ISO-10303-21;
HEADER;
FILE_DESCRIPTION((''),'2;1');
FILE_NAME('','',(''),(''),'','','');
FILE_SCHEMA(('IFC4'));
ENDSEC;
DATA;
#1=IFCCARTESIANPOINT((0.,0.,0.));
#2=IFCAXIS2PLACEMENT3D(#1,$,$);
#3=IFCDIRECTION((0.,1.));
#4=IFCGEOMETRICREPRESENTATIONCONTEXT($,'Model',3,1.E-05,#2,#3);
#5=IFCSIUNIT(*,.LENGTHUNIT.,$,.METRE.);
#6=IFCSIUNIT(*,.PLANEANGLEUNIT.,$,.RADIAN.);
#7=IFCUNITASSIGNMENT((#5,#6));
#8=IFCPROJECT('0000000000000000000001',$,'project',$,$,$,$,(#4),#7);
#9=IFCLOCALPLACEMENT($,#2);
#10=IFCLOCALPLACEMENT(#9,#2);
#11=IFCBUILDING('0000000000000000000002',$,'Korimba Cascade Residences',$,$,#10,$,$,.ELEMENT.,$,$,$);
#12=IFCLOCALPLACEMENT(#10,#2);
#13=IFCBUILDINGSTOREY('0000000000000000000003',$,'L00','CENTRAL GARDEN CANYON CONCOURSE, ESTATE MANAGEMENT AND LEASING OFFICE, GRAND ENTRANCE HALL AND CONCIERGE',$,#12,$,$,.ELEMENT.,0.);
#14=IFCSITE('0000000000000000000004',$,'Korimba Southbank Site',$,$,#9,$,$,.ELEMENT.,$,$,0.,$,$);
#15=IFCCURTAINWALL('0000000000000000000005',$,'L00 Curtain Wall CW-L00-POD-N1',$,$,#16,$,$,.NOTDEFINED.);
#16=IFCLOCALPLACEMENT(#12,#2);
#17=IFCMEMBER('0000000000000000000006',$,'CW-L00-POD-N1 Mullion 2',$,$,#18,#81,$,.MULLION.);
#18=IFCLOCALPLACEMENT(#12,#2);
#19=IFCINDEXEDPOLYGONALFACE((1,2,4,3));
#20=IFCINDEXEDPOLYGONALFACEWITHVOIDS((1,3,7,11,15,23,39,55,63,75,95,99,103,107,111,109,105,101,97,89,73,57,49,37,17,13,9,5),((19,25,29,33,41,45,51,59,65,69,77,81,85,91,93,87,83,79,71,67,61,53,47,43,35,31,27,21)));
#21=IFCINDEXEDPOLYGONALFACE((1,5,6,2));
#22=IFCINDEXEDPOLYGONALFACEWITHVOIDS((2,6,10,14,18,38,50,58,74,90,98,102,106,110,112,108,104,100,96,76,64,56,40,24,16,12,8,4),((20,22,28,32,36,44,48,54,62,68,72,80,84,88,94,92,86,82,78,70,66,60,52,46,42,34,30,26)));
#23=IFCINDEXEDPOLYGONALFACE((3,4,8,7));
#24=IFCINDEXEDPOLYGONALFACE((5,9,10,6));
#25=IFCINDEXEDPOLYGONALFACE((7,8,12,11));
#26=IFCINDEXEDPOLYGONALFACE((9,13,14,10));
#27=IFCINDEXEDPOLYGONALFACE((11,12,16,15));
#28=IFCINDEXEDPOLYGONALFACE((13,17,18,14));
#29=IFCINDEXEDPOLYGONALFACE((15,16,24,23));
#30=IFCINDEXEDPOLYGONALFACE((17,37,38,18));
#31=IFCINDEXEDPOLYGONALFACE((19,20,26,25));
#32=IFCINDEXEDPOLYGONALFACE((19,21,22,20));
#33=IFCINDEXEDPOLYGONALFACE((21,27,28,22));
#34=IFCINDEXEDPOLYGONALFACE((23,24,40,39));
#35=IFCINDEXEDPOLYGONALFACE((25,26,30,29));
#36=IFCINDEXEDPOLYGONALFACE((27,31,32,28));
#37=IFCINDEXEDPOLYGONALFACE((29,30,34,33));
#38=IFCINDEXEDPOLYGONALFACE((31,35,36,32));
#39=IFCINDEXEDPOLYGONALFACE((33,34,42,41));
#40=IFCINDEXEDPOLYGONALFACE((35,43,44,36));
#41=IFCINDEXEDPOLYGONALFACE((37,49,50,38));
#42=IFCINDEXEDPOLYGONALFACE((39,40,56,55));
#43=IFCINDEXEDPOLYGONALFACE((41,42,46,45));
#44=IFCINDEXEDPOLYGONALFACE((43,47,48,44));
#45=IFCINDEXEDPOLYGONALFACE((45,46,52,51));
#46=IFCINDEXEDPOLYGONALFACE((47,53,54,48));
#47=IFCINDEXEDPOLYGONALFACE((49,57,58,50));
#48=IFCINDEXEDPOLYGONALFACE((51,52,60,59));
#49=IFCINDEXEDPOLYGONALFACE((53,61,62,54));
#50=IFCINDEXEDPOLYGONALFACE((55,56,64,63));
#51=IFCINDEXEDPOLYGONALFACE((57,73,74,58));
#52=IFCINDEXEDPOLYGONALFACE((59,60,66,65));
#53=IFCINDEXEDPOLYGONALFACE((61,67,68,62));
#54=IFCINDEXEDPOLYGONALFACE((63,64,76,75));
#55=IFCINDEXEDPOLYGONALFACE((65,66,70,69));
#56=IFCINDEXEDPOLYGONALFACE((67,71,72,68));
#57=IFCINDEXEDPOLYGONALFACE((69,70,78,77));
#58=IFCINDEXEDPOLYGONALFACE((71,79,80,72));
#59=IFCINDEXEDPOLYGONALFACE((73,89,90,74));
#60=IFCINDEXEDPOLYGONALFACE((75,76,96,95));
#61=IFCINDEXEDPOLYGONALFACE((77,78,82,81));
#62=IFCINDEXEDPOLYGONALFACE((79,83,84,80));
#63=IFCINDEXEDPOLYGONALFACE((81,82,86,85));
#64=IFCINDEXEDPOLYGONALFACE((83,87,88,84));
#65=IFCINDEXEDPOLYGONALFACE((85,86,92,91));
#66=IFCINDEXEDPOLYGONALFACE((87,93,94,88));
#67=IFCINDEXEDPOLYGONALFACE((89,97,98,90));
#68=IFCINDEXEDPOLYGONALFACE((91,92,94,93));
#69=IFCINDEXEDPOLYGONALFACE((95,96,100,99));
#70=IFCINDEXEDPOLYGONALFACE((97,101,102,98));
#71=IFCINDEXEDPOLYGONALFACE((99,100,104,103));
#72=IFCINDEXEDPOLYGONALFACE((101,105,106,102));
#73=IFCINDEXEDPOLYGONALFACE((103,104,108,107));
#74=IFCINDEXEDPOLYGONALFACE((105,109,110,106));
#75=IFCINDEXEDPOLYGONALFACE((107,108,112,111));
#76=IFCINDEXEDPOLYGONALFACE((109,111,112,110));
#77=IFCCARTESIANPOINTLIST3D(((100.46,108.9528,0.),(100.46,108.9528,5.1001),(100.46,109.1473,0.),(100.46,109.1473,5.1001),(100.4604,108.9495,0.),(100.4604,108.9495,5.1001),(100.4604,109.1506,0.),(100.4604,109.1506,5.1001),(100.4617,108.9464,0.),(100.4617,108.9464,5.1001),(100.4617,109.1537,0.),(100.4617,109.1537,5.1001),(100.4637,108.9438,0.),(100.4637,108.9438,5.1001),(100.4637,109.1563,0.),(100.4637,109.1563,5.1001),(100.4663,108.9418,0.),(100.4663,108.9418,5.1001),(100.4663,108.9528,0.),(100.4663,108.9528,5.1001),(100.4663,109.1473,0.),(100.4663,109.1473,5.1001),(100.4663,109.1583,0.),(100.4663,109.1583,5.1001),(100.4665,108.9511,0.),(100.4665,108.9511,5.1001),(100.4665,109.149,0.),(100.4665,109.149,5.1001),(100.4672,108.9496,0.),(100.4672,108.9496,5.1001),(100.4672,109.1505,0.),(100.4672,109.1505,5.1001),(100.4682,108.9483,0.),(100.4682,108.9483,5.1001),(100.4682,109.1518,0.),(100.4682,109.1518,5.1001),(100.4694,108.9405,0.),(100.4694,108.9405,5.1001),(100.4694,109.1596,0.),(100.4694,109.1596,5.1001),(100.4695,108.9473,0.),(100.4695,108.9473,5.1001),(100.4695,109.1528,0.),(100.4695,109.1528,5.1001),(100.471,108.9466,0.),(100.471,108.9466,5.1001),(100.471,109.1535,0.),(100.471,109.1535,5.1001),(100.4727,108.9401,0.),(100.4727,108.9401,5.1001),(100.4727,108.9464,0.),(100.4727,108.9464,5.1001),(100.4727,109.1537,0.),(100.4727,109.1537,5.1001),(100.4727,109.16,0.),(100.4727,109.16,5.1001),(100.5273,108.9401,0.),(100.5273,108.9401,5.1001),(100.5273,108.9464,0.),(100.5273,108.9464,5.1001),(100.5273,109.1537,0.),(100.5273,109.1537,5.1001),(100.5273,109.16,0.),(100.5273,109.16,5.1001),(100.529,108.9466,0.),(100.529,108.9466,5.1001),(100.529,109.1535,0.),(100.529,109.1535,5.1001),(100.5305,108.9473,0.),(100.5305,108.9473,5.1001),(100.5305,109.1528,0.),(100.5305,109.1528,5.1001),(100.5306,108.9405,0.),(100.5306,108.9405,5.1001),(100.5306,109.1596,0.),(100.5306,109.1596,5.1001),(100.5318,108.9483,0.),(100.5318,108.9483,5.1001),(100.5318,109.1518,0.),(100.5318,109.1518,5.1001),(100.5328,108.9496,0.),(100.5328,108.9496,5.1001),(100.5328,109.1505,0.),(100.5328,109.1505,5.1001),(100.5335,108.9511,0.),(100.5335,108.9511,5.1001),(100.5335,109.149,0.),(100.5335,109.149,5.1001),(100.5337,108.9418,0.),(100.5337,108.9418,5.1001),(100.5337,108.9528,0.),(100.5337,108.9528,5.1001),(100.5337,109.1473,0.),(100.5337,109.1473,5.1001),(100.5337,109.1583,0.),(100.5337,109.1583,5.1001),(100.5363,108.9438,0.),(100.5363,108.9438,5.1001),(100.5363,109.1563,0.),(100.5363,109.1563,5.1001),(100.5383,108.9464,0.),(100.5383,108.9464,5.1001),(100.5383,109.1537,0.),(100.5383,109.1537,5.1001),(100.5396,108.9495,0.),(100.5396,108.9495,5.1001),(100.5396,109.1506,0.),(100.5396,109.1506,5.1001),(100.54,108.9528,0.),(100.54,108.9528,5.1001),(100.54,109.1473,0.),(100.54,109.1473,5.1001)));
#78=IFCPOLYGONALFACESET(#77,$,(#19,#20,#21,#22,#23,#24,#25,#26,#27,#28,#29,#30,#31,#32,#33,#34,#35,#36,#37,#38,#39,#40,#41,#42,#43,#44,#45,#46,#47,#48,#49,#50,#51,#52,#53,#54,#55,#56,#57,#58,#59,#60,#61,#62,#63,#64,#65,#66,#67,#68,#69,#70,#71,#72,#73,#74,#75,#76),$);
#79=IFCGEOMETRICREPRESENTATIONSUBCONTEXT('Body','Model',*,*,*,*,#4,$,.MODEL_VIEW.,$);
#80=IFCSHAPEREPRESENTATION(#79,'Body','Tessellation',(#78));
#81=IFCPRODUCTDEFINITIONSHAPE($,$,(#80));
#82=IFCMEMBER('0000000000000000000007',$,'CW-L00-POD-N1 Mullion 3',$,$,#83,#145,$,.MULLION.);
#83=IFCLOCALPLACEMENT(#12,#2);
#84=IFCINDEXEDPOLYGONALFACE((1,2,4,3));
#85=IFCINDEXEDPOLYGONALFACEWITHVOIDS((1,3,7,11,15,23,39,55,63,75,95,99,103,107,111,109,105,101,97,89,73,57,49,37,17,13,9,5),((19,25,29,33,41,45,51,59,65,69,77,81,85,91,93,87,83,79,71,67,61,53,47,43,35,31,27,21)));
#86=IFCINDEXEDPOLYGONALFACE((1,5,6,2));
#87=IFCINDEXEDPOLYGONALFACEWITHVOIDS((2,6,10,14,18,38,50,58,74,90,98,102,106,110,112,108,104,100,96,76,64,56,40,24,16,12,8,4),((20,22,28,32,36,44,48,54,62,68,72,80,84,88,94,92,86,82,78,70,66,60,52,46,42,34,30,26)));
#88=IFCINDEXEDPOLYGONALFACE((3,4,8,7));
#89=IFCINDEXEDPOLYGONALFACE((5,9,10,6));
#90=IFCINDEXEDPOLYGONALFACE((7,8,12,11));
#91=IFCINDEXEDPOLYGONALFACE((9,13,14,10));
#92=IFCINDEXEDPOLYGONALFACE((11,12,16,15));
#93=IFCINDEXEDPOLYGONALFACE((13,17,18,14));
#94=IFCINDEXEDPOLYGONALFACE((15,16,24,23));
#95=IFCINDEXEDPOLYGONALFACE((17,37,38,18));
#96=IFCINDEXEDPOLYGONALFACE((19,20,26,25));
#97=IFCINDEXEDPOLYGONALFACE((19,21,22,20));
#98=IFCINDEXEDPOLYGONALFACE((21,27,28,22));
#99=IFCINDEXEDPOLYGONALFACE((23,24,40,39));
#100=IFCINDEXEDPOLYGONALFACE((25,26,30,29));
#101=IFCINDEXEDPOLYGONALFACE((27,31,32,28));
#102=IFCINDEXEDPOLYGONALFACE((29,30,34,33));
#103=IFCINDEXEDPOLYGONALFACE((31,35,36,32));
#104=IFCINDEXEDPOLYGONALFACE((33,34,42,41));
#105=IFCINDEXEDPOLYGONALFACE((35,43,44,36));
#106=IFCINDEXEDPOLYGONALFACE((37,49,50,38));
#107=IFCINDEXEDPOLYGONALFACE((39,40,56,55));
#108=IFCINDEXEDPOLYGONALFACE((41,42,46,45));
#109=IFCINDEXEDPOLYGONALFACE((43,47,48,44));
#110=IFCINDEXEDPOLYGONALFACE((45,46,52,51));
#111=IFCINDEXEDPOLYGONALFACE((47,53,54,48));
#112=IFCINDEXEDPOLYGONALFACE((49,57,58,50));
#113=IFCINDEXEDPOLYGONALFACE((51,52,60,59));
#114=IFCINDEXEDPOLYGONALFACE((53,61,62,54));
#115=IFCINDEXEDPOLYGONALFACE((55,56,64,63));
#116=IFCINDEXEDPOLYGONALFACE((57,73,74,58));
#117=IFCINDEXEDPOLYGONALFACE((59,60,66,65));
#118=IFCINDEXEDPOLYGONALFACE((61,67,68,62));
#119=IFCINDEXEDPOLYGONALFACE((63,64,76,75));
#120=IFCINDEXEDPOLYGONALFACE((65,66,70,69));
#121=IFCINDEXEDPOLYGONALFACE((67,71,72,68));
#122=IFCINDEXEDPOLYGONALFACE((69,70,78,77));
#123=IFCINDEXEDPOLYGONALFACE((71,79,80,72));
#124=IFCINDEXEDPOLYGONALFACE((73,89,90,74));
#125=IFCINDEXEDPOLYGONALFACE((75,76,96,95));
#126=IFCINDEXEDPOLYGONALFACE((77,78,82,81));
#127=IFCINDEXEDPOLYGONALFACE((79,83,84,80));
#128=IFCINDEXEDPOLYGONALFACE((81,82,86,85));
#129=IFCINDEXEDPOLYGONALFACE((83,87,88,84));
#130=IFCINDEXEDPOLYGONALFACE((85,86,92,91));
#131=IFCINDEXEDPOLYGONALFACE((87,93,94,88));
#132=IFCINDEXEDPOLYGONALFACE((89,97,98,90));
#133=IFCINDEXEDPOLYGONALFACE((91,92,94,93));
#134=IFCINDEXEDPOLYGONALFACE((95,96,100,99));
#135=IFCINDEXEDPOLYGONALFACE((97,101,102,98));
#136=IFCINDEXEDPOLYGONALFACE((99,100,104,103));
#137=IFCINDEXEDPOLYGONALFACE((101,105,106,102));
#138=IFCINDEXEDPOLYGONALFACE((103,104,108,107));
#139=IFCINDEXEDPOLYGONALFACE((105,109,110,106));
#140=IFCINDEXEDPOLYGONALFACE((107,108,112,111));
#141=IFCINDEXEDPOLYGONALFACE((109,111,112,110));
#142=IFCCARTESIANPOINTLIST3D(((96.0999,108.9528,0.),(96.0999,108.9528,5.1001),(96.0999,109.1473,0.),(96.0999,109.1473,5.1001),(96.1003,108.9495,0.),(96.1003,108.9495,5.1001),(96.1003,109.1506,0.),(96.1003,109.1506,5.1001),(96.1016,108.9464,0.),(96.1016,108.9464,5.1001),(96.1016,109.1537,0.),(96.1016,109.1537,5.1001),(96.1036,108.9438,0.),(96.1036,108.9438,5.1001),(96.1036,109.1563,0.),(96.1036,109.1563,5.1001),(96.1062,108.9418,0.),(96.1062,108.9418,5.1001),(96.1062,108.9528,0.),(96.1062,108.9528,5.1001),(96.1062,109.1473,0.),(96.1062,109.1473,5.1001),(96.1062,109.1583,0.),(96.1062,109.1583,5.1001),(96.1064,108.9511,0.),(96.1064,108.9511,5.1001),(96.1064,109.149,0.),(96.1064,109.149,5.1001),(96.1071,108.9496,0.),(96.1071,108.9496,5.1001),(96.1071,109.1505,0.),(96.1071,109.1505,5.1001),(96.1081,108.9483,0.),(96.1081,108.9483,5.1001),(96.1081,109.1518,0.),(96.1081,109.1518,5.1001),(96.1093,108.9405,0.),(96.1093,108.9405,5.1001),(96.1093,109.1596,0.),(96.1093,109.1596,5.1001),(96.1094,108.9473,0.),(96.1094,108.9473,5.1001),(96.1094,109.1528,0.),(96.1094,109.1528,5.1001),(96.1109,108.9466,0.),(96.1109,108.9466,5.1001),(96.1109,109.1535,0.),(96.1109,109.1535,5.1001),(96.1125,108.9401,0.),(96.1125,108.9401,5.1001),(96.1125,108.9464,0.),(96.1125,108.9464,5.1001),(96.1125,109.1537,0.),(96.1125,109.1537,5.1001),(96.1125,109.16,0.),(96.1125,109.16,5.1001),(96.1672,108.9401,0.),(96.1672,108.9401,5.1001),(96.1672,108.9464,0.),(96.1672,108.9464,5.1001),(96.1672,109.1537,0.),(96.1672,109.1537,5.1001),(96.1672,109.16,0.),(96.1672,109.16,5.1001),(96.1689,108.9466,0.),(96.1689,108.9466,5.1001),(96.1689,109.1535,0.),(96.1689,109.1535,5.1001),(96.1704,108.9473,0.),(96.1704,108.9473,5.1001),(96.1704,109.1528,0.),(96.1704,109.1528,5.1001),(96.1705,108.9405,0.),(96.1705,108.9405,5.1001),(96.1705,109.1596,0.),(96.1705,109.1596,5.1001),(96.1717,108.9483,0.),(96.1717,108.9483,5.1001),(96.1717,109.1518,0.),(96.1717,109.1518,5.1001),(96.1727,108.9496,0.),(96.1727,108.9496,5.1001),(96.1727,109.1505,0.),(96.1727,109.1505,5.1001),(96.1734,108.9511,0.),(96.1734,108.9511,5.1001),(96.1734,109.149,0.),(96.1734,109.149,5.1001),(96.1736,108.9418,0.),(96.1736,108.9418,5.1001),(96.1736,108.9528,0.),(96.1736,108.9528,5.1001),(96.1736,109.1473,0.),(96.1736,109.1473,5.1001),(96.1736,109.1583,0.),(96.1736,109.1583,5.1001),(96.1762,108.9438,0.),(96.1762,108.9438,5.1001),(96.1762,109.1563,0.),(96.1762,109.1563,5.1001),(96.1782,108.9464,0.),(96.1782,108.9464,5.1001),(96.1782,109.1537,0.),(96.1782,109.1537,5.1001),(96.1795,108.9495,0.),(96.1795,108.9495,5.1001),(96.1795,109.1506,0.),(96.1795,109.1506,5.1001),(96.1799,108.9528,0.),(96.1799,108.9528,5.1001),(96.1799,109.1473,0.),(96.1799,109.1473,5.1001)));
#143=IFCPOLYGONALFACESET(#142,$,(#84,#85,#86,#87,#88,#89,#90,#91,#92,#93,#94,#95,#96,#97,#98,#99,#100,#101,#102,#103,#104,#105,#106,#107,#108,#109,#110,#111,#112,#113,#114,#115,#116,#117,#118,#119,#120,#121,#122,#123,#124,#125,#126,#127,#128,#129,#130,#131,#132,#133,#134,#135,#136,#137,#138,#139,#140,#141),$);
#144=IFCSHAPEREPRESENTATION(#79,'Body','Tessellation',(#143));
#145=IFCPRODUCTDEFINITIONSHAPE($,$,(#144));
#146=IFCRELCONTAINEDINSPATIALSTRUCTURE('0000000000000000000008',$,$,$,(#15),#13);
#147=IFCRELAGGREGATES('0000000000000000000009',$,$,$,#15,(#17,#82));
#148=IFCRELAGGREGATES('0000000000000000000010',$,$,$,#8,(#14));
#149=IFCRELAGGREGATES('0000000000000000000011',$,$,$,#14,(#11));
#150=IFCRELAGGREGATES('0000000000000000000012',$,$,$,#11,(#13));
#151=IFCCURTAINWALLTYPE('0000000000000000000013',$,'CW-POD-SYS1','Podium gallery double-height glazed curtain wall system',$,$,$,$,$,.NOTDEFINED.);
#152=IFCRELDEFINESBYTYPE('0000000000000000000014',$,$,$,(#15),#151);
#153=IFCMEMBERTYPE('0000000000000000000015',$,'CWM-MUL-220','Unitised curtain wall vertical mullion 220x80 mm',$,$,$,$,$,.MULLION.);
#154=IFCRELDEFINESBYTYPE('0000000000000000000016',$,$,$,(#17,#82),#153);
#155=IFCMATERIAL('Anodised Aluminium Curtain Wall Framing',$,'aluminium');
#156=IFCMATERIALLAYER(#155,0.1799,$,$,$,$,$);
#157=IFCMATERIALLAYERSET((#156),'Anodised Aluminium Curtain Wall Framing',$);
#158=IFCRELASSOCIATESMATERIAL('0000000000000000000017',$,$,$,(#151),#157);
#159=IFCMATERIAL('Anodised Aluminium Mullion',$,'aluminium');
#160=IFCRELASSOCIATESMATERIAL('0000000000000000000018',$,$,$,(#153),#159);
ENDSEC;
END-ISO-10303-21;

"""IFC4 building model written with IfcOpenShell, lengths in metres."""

from ifc_helpers import new_model, si_unit, direction, frame, origin, origin_2d, place, context, subcontext, project, spatial, hollow_rectangle, extrude, material, layer, layer_set, material_profile, profile_set, type_object, element, aggregate, save


model = new_model("IFC4")

# Units and contexts
model_context = context("Model", 3, precision=1e-05, world=origin(), true_north=direction((0.0, 1.0)))
body_context = subcontext(model_context, "Body", "Model", "MODEL_VIEW")
ifc_project = project(units=[si_unit("LENGTHUNIT", "METRE"), si_unit("PLANEANGLEUNIT", "RADIAN")], contexts=[model_context])

# Site, building, storey
site_placement = place(None, origin())
site = spatial("IfcSite", under=ifc_project, at=site_placement, Name="Korimba Southbank Site", CompositionType="ELEMENT", RefElevation=0.0)
building_placement = place(site_placement, origin())
building = spatial("IfcBuilding", under=site, at=building_placement, Name="Korimba Cascade Residences", CompositionType="ELEMENT")
storey_placement = place(building_placement, origin())
storey = spatial("IfcBuildingStorey", under=building, at=storey_placement, Name="L00", Description="CENTRAL GARDEN CANYON CONCOURSE, ESTATE MANAGEMENT AND LEASING OFFICE, GRAND ENTRANCE HALL AND CONCIERGE", CompositionType="ELEMENT", Elevation=0.0)

# Curtain wall, members
ifc_material_1 = material(Name="Anodised Aluminium Curtain Wall Framing", Category="aluminium")
ifc_layer_1 = layer(ifc_material_1, 0.1799)
ifc_layer_set_1 = layer_set([ifc_layer_1], Name="Anodised Aluminium Curtain Wall Framing")
curtain_wall_type = type_object("IfcCurtainWallType", Name="CW-POD-SYS1", Description="Podium gallery double-height glazed curtain wall system", PredefinedType="NOTDEFINED", material=ifc_layer_set_1)
curtain_wall_placement = place(storey_placement, origin())
curtain_wall = element("IfcCurtainWall", 1, at=curtain_wall_placement, inside=storey, type_object=curtain_wall_type, Name="L00 Curtain Wall CW-L00-POD-N1", PredefinedType="NOTDEFINED")
ifc_material_2 = material(Name="Anodised Aluminium Mullion", Category="aluminium")
ifc_material_profile_1 = material_profile(ifc_material_2, hollow_rectangle(XDim=0.0801, YDim=0.22, WallThickness=0.0063, InnerFilletRadius=0.0063, OuterFilletRadius=0.0127, at=origin_2d()), Name="Anodised Aluminium Mullion")
ifc_profile_set_1 = profile_set([ifc_material_profile_1], Name="Anodised Aluminium Mullion")
member_type_1 = type_object("IfcMemberType", Name="CWM-MUL-220", Description="Unitised curtain wall vertical mullion 220x80 mm", PredefinedType="MULLION", material=ifc_profile_set_1)
member_1_placement = place(storey_placement, frame((100.5, 109.05, 0.0), z_axis=(0.0, 0.0, 1.0), x_axis=(-1.0, 0.0, 0.0)))
member_1 = element("IfcMember", 2, at=member_1_placement, type_object=member_type_1, Name="CW-L00-POD-N1 Mullion 2", PredefinedType="MULLION", context=body_context, shape_type="SweptSolid", body=[
    extrude(hollow_rectangle(XDim=0.0801, YDim=0.22, WallThickness=0.0063, InnerFilletRadius=0.0063, OuterFilletRadius=0.0127, at=origin_2d()), origin(), (0.0, 0.0, 1.0), 5.1001),
])
member_2_placement = place(storey_placement, frame((96.1399, 109.05, 0.0), z_axis=(0.0, 0.0, 1.0), x_axis=(-1.0, 0.0, 0.0)))
member_2 = element("IfcMember", 3, at=member_2_placement, type_object=member_type_1, Name="CW-L00-POD-N1 Mullion 3", PredefinedType="MULLION", context=body_context, shape_type="SweptSolid", body=[
    extrude(hollow_rectangle(XDim=0.0801, YDim=0.22, WallThickness=0.0063, InnerFilletRadius=0.0063, OuterFilletRadius=0.0127, at=origin_2d()), origin(), (0.0, 0.0, 1.0), 5.1001),
])
aggregate(curtain_wall, [member_1, member_2])

save(model, "model.ifc")
